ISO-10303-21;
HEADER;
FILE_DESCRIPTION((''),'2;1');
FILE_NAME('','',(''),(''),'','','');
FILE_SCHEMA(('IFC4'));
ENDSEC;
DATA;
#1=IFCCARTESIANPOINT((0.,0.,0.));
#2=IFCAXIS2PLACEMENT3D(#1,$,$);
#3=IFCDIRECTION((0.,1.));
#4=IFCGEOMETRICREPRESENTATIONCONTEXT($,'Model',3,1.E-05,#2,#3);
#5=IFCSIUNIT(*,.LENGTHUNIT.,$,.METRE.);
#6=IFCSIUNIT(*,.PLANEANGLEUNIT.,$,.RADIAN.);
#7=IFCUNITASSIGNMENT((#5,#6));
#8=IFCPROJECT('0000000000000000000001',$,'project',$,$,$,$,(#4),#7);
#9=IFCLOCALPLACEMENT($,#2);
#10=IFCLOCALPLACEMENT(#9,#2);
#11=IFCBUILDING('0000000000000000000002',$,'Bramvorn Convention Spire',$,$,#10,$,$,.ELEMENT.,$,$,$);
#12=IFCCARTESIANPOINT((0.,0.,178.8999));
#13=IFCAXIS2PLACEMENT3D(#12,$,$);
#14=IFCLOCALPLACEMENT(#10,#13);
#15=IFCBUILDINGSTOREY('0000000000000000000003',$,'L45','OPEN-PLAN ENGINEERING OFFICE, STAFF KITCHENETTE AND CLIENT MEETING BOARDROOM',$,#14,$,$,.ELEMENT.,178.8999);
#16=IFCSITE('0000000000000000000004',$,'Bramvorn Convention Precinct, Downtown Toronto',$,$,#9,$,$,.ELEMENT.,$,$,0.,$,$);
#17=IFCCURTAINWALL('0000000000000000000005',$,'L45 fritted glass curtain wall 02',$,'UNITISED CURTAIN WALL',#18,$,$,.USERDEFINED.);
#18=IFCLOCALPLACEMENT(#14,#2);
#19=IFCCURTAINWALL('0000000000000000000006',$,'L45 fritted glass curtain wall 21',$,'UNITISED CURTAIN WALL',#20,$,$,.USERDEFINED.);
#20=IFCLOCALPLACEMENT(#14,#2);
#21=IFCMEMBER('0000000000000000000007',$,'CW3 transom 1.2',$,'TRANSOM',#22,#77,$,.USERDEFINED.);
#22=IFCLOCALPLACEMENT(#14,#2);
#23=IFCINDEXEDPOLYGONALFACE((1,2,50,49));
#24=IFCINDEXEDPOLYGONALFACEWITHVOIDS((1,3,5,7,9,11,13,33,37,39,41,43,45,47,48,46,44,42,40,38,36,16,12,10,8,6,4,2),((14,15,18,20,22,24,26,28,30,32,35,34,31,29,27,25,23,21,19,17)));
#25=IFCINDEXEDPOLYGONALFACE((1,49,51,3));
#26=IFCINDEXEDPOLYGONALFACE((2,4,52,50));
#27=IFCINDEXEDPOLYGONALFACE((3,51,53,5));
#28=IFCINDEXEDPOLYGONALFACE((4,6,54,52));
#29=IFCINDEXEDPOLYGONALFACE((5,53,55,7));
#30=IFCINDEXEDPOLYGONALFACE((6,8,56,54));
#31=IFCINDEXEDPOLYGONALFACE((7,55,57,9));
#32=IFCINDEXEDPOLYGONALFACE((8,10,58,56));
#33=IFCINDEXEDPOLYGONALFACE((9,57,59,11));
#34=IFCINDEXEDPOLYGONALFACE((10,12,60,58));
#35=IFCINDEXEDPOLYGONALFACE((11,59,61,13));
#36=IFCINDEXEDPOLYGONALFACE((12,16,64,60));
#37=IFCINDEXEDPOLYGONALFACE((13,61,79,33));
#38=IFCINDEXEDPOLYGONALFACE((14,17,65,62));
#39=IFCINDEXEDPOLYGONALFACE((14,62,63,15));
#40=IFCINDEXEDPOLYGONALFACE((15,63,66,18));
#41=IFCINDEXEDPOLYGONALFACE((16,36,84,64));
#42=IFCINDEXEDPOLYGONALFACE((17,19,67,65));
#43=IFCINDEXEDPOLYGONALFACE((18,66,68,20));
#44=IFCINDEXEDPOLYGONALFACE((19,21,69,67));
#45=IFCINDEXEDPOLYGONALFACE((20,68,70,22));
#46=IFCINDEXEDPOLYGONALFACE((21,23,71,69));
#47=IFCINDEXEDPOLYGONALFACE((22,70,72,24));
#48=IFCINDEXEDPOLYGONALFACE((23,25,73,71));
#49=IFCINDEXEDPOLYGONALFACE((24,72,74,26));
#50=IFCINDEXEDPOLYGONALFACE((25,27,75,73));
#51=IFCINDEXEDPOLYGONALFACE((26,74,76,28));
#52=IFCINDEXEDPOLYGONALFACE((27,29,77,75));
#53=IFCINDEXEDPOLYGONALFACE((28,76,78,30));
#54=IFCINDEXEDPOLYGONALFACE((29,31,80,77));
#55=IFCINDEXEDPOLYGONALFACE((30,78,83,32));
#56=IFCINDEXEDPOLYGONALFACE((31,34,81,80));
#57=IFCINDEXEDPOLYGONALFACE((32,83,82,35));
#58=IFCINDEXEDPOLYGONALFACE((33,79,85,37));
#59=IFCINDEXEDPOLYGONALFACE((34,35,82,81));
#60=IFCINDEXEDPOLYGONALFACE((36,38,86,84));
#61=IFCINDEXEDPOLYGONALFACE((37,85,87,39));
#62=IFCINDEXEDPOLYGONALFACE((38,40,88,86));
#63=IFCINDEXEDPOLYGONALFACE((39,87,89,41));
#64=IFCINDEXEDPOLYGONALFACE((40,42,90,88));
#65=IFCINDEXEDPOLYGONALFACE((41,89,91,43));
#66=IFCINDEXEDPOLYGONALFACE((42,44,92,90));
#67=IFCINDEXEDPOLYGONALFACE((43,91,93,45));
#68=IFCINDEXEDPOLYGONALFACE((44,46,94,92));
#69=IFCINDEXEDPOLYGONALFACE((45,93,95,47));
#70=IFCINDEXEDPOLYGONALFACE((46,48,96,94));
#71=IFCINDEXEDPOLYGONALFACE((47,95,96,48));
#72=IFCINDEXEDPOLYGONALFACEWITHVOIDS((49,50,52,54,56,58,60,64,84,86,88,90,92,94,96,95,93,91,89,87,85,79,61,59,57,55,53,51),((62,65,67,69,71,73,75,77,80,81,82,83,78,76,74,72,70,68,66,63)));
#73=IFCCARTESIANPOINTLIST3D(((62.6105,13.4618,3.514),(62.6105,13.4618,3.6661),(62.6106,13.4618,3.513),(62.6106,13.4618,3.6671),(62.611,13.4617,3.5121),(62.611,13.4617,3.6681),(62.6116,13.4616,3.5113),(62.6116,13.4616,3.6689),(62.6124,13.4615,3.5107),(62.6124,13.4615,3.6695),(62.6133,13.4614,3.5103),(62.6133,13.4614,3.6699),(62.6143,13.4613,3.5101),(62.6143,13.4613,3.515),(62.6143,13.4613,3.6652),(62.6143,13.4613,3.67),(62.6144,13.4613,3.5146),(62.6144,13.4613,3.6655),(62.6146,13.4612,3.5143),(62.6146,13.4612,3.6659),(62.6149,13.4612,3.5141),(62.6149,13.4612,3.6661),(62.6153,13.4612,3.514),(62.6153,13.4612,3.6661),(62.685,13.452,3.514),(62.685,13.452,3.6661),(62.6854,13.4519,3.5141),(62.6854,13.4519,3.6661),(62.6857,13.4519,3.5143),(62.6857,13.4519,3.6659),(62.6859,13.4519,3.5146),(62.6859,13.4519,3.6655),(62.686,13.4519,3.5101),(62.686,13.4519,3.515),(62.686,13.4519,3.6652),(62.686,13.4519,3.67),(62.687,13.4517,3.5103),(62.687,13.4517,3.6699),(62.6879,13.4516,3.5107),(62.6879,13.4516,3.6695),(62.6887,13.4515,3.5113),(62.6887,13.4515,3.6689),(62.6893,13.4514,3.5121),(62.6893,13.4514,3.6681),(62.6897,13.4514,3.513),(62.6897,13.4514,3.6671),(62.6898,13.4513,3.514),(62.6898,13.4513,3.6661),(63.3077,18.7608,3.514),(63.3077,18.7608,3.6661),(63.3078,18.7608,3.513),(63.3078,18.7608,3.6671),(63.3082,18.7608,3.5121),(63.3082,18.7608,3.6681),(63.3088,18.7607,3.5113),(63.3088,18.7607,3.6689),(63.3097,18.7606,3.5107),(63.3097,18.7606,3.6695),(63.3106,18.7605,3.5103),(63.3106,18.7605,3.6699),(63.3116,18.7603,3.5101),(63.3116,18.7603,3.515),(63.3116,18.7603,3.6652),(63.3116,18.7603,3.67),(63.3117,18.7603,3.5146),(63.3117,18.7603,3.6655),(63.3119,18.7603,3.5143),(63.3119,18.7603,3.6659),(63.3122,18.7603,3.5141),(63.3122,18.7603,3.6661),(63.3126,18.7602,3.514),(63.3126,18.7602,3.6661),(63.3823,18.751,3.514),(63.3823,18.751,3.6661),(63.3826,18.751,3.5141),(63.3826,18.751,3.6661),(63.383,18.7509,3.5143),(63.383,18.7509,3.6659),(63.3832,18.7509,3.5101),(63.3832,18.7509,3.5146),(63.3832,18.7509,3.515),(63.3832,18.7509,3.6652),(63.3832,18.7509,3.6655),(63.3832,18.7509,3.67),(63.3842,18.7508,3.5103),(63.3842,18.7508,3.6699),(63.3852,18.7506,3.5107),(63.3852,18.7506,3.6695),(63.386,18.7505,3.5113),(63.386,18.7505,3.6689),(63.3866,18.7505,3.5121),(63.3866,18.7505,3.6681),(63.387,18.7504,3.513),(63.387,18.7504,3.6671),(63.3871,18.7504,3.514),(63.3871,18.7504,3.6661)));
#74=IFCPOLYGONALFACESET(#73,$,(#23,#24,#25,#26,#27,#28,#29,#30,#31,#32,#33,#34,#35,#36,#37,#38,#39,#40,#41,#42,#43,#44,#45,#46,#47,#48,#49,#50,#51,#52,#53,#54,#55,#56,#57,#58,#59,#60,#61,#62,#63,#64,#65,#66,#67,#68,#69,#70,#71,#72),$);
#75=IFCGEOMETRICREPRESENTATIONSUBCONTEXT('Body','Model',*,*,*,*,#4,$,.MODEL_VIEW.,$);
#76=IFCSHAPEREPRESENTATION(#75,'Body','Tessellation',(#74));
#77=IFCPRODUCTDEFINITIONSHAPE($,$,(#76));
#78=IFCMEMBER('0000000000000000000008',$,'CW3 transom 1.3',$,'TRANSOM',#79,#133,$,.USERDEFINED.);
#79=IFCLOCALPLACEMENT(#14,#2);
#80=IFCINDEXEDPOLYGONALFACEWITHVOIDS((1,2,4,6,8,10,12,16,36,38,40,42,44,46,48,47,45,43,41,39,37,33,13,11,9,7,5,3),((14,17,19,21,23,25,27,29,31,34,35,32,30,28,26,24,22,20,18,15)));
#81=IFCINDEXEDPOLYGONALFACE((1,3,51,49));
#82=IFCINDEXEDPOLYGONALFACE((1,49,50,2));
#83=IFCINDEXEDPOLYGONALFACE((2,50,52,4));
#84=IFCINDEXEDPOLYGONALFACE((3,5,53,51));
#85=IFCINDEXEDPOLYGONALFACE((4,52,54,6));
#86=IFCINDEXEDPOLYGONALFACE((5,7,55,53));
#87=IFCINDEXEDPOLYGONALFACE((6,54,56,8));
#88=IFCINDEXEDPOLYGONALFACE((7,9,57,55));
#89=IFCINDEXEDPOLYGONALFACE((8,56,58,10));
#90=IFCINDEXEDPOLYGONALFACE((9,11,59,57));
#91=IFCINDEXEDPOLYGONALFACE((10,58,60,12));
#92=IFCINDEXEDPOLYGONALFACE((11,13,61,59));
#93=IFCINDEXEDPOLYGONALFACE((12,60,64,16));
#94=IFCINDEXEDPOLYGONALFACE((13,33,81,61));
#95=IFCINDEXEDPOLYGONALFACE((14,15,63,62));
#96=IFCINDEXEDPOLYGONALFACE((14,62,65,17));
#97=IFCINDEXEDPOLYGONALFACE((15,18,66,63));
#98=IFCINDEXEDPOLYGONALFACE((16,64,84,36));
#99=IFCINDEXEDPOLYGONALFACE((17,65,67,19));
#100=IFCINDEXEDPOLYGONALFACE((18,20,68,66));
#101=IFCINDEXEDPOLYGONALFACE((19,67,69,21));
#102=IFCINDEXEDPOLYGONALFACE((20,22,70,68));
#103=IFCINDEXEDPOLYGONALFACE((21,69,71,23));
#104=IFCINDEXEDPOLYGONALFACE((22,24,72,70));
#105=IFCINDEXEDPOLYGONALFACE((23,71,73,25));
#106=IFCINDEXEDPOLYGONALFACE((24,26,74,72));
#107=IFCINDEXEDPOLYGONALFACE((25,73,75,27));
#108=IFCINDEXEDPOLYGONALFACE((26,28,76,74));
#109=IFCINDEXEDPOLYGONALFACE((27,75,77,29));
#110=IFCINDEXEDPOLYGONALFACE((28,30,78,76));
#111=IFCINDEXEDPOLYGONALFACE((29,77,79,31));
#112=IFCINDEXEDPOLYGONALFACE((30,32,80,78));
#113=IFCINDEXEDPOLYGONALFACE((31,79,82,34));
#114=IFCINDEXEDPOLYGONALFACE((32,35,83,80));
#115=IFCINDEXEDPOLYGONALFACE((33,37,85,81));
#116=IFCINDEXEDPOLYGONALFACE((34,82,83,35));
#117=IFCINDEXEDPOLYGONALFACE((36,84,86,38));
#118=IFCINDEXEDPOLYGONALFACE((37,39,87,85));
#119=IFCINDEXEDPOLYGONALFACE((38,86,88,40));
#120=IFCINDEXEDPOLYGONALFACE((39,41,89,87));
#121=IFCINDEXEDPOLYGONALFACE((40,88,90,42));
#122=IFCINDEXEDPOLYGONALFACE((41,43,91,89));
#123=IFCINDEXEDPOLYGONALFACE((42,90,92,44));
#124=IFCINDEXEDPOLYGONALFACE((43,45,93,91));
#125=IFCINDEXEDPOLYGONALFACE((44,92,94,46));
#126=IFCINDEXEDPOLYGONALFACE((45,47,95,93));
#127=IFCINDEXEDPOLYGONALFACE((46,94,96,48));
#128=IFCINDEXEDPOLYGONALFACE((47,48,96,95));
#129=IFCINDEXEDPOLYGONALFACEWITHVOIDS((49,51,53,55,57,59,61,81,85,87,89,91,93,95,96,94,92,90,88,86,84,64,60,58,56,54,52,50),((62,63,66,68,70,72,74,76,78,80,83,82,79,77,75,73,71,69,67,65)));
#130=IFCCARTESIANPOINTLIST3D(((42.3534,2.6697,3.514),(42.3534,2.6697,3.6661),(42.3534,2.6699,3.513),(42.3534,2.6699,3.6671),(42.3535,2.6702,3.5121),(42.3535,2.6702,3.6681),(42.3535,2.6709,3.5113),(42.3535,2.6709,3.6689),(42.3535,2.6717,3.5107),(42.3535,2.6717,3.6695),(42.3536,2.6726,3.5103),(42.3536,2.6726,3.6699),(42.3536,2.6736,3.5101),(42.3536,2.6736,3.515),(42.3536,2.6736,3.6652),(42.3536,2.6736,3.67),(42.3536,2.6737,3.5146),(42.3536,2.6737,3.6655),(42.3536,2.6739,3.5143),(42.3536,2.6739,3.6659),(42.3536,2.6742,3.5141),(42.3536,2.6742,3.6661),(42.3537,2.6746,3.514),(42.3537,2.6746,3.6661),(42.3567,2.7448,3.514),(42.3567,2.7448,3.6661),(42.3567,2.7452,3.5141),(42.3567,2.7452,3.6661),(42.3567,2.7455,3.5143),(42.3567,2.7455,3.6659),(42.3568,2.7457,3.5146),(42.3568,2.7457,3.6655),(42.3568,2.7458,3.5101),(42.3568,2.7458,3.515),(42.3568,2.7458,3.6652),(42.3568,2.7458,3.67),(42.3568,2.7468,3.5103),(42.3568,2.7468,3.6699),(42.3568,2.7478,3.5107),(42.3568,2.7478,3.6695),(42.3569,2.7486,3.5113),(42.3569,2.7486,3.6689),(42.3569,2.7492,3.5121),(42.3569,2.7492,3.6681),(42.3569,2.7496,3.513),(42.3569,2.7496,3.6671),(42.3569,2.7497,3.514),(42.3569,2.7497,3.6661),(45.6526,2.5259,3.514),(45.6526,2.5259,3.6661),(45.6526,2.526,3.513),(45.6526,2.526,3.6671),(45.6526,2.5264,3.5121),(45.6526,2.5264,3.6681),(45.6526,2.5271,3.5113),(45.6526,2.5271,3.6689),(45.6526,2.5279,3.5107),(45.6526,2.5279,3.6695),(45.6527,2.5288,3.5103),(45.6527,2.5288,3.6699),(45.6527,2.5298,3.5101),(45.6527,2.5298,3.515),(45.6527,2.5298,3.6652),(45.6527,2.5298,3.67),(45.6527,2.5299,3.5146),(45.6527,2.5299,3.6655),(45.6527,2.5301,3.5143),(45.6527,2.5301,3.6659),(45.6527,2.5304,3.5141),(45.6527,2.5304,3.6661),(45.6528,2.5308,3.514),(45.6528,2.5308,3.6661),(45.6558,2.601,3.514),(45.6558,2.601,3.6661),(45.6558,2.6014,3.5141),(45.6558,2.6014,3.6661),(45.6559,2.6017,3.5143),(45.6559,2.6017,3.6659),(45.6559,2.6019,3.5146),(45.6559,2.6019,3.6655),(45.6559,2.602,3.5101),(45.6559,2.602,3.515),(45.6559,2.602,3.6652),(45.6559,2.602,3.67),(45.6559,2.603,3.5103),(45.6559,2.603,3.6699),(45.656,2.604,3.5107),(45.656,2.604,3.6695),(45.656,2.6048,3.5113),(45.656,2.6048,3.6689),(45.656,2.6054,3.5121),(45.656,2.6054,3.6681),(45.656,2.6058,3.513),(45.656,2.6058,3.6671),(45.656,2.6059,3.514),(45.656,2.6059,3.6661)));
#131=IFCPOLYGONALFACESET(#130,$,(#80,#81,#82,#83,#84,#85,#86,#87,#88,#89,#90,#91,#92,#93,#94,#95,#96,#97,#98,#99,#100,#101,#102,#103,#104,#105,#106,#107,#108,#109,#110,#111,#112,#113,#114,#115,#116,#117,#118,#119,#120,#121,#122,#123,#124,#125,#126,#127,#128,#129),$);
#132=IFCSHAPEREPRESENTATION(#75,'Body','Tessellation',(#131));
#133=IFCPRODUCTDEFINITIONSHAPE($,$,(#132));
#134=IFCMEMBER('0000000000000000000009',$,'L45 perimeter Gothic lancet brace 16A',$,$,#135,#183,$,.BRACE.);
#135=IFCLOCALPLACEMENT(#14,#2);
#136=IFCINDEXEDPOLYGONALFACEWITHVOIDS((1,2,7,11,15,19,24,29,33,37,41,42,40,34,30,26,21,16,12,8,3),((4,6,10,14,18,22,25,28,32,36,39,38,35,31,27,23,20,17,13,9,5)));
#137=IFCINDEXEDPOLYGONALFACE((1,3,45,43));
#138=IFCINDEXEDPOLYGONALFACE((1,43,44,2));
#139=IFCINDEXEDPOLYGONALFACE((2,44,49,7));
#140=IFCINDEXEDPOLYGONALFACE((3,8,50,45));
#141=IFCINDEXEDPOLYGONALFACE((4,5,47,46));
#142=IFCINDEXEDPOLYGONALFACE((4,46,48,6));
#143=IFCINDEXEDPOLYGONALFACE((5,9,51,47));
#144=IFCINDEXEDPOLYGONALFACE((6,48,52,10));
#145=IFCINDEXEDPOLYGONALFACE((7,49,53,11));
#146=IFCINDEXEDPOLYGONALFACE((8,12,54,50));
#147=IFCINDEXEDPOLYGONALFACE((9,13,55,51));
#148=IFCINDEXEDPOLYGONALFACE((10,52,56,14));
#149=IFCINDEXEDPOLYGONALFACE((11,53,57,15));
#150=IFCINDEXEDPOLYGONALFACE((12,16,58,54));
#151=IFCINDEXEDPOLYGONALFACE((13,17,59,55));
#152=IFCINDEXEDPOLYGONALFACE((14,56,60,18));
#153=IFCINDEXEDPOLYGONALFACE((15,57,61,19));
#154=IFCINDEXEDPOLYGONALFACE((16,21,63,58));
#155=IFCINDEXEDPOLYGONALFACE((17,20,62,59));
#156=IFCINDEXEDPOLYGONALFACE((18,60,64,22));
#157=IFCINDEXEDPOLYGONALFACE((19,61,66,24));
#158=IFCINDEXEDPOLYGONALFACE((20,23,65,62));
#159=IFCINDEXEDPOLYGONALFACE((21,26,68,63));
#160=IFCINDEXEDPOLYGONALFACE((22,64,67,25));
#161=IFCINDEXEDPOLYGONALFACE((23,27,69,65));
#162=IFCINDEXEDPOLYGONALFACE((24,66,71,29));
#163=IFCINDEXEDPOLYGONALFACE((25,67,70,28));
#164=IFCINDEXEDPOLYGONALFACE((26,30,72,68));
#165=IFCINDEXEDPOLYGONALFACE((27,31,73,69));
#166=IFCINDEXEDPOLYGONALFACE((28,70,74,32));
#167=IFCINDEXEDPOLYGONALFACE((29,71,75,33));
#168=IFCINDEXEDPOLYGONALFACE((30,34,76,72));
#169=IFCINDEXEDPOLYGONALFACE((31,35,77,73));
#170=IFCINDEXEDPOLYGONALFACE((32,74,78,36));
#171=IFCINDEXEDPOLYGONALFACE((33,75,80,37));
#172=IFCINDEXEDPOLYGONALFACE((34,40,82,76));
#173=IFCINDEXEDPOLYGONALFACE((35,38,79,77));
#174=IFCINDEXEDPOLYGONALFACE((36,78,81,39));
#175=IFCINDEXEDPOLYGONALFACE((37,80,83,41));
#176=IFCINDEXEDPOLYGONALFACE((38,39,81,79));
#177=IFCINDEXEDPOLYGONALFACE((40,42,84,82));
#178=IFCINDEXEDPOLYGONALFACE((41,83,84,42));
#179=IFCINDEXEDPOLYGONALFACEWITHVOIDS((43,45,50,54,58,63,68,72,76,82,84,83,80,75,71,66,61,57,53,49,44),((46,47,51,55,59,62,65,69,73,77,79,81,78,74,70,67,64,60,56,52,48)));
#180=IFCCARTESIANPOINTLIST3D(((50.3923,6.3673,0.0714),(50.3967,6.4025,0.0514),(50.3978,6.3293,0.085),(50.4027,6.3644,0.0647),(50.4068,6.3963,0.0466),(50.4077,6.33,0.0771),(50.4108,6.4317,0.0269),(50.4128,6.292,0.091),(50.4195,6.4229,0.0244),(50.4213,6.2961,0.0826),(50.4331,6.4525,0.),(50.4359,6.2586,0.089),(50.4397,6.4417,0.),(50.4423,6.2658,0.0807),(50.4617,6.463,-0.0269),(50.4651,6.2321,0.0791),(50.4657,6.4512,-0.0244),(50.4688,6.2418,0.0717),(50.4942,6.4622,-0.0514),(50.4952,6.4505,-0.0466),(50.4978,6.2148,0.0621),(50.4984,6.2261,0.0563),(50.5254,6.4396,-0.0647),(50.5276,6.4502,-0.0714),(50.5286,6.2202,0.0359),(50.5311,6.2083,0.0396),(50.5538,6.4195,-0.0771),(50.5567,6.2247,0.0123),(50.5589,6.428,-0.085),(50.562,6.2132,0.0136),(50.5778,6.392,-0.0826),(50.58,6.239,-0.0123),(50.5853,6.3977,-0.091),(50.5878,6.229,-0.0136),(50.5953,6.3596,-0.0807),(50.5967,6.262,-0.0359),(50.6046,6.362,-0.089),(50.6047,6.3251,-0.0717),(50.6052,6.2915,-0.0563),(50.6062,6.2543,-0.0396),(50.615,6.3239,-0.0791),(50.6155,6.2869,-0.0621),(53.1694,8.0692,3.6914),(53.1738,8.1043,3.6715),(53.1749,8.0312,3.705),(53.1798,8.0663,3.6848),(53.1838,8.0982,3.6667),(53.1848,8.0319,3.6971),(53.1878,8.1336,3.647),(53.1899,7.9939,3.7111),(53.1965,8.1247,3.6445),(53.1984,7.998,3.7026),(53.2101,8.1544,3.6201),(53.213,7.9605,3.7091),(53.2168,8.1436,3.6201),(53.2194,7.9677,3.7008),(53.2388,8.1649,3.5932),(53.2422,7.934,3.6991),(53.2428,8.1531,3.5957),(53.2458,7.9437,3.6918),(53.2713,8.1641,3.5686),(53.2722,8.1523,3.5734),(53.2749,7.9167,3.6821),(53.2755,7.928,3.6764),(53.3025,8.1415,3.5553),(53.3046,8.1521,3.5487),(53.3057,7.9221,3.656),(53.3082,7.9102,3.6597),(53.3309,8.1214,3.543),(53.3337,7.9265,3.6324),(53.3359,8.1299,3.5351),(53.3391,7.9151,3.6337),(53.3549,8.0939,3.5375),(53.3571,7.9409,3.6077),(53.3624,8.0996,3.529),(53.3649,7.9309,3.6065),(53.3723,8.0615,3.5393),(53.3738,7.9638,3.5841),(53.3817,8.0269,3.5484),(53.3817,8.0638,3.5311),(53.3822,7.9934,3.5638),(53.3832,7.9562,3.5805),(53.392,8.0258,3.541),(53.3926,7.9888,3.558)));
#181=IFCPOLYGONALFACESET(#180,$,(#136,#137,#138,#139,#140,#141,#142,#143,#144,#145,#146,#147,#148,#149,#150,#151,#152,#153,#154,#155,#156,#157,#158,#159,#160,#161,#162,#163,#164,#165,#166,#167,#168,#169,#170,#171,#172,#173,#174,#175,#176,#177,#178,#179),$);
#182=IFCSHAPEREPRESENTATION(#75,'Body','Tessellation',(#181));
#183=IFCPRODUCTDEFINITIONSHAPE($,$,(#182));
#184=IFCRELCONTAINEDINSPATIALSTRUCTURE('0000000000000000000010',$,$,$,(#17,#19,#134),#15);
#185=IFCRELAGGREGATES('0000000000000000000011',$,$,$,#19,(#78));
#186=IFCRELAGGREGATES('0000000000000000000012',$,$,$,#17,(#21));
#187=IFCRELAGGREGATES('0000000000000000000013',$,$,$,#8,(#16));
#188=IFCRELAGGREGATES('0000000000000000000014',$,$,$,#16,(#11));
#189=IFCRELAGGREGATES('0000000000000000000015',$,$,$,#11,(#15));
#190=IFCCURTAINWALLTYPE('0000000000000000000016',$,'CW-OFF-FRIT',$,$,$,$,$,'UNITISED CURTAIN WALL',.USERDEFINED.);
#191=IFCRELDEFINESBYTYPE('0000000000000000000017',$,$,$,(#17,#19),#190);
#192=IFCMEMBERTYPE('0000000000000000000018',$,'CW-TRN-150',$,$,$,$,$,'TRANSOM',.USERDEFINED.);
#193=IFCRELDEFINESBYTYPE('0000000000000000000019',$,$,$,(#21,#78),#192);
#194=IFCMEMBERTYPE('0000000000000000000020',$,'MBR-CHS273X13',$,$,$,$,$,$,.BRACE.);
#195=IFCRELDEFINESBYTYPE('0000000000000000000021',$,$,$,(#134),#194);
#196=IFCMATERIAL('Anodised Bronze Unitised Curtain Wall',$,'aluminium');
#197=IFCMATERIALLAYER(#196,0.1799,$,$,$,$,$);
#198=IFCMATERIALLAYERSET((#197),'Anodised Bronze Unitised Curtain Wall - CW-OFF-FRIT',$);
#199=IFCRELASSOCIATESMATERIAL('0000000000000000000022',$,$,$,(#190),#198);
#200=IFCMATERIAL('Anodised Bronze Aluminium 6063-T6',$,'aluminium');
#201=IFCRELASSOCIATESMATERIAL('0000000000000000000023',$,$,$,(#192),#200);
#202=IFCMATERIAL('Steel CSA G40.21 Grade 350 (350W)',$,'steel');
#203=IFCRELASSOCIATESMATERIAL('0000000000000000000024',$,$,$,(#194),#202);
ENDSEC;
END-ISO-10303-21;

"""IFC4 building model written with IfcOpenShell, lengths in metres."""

from ifc_helpers import new_model, si_unit, direction, frame, origin, origin_2d, place, context, subcontext, project, spatial, hollow_rectangle, hollow_circle, extrude, material, layer, layer_set, material_profile, profile_set, type_object, element, aggregate, save


model = new_model("IFC4")

# Units and contexts
model_context = context("Model", 3, precision=1e-05, world=origin(), true_north=direction((0.0, 1.0)))
body_context = subcontext(model_context, "Body", "Model", "MODEL_VIEW")
ifc_project = project(units=[si_unit("LENGTHUNIT", "METRE"), si_unit("PLANEANGLEUNIT", "RADIAN")], contexts=[model_context])

# Site, building, storey
site_placement = place(None, origin())
site = spatial("IfcSite", under=ifc_project, at=site_placement, Name="Bramvorn Convention Precinct, Downtown Toronto", CompositionType="ELEMENT", RefElevation=0.0)
building_placement = place(site_placement, origin())
building = spatial("IfcBuilding", under=site, at=building_placement, Name="Bramvorn Convention Spire", CompositionType="ELEMENT")
storey_placement = place(building_placement, frame((0.0, 0.0, 178.8999)))
storey = spatial("IfcBuildingStorey", under=building, at=storey_placement, Name="L45", Description="OPEN-PLAN ENGINEERING OFFICE, STAFF KITCHENETTE AND CLIENT MEETING BOARDROOM", CompositionType="ELEMENT", Elevation=178.8999)

# Shared definitions
ifc_material_1 = material(Name="Steel CSA G40.21 Grade 350 (350W)", Category="steel")

# Curtain wall
ifc_material_2 = material(Name="Anodised Bronze Unitised Curtain Wall", Category="aluminium")
ifc_layer_1 = layer(ifc_material_2, 0.1799)
ifc_layer_set_1 = layer_set([ifc_layer_1], Name="Anodised Bronze Unitised Curtain Wall - CW-OFF-FRIT")
curtain_wall_type = type_object("IfcCurtainWallType", Name="CW-OFF-FRIT", ElementType="UNITISED CURTAIN WALL", PredefinedType="USERDEFINED", material=ifc_layer_set_1)
curtain_wall_1_placement = place(storey_placement, origin())
curtain_wall_1 = element("IfcCurtainWall", 1, at=curtain_wall_1_placement, inside=storey, type_object=curtain_wall_type, Name="L45 fritted glass curtain wall 02", ObjectType="UNITISED CURTAIN WALL", PredefinedType="USERDEFINED")
ifc_material_3 = material(Name="Anodised Bronze Aluminium 6063-T6", Category="aluminium")

# Curtain wall
curtain_wall_2_placement = place(storey_placement, origin())
curtain_wall_2 = element("IfcCurtainWall", 2, at=curtain_wall_2_placement, inside=storey, type_object=curtain_wall_type, Name="L45 fritted glass curtain wall 21", ObjectType="UNITISED CURTAIN WALL", PredefinedType="USERDEFINED")

# Members
ifc_material_profile_1 = material_profile(ifc_material_3, hollow_rectangle(XDim=0.0801, YDim=0.1599, WallThickness=0.0039, InnerFilletRadius=0.001, OuterFilletRadius=0.0039, at=origin_2d()))
ifc_profile_set_1 = profile_set([ifc_material_profile_1], Name="Anodised Bronze Aluminium 6063-T6 - CWT80X160")
member_type_1 = type_object("IfcMemberType", Name="CW-TRN-150", ElementType="TRANSOM", PredefinedType="USERDEFINED", material=ifc_profile_set_1)
member_1_placement = place(storey_placement, frame((63.3474, 18.7556, 3.5901), z_axis=(-0.130458, -0.991454, 0.0), x_axis=(0.991454, -0.130458, 0.0)))
member_1 = element("IfcMember", 3, at=member_1_placement, type_object=member_type_1, Name="CW3 transom 1.2", ObjectType="TRANSOM", PredefinedType="USERDEFINED", context=body_context, shape_type="SweptSolid", body=[
    extrude(hollow_rectangle(XDim=0.0801, YDim=0.1599, WallThickness=0.0039, InnerFilletRadius=0.001, OuterFilletRadius=0.0039, at=origin_2d()), origin(), (0.0, 0.0, 1.0), 5.3447),
])
member_2_placement = place(storey_placement, frame((45.6543, 2.5659, 3.5901), z_axis=(-0.999051, 0.043546, 0.0), x_axis=(-0.043546, -0.999051, 0.0)))
member_2 = element("IfcMember", 4, at=member_2_placement, type_object=member_type_1, Name="CW3 transom 1.3", ObjectType="TRANSOM", PredefinedType="USERDEFINED", context=body_context, shape_type="SweptSolid", body=[
    extrude(hollow_rectangle(XDim=0.0801, YDim=0.1599, WallThickness=0.0039, InnerFilletRadius=0.001, OuterFilletRadius=0.0039, at=origin_2d()), origin(), (0.0, 0.0, 1.0), 3.3022),
])
aggregate(curtain_wall_2, [member_2])

# Member
ifc_material_profile_2 = material_profile(ifc_material_1, hollow_circle(Radius=0.1365, WallThickness=0.0127, at=origin_2d()))
ifc_profile_set_2 = profile_set([ifc_material_profile_2], Name="Steel CSA G40.21 Grade 350 (350W) - CHS273X13")
member_type_2 = type_object("IfcMemberType", Name="MBR-CHS273X13", PredefinedType="BRACE", material=ifc_profile_set_2)
for number, where, z_axis, x_axis, name in (
    (5, (50.5044, 6.3362, 0.0), (0.570281, 0.349488, 0.743396), (-0.52252, 0.852627, 0.0), "L45 perimeter Gothic lancet brace 16A"),
):
    element("IfcMember", number, at=place(storey_placement, frame(where, z_axis=z_axis, x_axis=x_axis)), inside=storey, type_object=member_type_2, Name=name, PredefinedType="BRACE", context=body_context, shape_type="SweptSolid", body=[
        extrude(hollow_circle(Radius=0.1365, WallThickness=0.0127, at=origin_2d()), origin(), (0.0, 0.0, 1.0), 4.8696),
    ])

aggregate(curtain_wall_1, [member_1])

save(model, "model.ifc")
